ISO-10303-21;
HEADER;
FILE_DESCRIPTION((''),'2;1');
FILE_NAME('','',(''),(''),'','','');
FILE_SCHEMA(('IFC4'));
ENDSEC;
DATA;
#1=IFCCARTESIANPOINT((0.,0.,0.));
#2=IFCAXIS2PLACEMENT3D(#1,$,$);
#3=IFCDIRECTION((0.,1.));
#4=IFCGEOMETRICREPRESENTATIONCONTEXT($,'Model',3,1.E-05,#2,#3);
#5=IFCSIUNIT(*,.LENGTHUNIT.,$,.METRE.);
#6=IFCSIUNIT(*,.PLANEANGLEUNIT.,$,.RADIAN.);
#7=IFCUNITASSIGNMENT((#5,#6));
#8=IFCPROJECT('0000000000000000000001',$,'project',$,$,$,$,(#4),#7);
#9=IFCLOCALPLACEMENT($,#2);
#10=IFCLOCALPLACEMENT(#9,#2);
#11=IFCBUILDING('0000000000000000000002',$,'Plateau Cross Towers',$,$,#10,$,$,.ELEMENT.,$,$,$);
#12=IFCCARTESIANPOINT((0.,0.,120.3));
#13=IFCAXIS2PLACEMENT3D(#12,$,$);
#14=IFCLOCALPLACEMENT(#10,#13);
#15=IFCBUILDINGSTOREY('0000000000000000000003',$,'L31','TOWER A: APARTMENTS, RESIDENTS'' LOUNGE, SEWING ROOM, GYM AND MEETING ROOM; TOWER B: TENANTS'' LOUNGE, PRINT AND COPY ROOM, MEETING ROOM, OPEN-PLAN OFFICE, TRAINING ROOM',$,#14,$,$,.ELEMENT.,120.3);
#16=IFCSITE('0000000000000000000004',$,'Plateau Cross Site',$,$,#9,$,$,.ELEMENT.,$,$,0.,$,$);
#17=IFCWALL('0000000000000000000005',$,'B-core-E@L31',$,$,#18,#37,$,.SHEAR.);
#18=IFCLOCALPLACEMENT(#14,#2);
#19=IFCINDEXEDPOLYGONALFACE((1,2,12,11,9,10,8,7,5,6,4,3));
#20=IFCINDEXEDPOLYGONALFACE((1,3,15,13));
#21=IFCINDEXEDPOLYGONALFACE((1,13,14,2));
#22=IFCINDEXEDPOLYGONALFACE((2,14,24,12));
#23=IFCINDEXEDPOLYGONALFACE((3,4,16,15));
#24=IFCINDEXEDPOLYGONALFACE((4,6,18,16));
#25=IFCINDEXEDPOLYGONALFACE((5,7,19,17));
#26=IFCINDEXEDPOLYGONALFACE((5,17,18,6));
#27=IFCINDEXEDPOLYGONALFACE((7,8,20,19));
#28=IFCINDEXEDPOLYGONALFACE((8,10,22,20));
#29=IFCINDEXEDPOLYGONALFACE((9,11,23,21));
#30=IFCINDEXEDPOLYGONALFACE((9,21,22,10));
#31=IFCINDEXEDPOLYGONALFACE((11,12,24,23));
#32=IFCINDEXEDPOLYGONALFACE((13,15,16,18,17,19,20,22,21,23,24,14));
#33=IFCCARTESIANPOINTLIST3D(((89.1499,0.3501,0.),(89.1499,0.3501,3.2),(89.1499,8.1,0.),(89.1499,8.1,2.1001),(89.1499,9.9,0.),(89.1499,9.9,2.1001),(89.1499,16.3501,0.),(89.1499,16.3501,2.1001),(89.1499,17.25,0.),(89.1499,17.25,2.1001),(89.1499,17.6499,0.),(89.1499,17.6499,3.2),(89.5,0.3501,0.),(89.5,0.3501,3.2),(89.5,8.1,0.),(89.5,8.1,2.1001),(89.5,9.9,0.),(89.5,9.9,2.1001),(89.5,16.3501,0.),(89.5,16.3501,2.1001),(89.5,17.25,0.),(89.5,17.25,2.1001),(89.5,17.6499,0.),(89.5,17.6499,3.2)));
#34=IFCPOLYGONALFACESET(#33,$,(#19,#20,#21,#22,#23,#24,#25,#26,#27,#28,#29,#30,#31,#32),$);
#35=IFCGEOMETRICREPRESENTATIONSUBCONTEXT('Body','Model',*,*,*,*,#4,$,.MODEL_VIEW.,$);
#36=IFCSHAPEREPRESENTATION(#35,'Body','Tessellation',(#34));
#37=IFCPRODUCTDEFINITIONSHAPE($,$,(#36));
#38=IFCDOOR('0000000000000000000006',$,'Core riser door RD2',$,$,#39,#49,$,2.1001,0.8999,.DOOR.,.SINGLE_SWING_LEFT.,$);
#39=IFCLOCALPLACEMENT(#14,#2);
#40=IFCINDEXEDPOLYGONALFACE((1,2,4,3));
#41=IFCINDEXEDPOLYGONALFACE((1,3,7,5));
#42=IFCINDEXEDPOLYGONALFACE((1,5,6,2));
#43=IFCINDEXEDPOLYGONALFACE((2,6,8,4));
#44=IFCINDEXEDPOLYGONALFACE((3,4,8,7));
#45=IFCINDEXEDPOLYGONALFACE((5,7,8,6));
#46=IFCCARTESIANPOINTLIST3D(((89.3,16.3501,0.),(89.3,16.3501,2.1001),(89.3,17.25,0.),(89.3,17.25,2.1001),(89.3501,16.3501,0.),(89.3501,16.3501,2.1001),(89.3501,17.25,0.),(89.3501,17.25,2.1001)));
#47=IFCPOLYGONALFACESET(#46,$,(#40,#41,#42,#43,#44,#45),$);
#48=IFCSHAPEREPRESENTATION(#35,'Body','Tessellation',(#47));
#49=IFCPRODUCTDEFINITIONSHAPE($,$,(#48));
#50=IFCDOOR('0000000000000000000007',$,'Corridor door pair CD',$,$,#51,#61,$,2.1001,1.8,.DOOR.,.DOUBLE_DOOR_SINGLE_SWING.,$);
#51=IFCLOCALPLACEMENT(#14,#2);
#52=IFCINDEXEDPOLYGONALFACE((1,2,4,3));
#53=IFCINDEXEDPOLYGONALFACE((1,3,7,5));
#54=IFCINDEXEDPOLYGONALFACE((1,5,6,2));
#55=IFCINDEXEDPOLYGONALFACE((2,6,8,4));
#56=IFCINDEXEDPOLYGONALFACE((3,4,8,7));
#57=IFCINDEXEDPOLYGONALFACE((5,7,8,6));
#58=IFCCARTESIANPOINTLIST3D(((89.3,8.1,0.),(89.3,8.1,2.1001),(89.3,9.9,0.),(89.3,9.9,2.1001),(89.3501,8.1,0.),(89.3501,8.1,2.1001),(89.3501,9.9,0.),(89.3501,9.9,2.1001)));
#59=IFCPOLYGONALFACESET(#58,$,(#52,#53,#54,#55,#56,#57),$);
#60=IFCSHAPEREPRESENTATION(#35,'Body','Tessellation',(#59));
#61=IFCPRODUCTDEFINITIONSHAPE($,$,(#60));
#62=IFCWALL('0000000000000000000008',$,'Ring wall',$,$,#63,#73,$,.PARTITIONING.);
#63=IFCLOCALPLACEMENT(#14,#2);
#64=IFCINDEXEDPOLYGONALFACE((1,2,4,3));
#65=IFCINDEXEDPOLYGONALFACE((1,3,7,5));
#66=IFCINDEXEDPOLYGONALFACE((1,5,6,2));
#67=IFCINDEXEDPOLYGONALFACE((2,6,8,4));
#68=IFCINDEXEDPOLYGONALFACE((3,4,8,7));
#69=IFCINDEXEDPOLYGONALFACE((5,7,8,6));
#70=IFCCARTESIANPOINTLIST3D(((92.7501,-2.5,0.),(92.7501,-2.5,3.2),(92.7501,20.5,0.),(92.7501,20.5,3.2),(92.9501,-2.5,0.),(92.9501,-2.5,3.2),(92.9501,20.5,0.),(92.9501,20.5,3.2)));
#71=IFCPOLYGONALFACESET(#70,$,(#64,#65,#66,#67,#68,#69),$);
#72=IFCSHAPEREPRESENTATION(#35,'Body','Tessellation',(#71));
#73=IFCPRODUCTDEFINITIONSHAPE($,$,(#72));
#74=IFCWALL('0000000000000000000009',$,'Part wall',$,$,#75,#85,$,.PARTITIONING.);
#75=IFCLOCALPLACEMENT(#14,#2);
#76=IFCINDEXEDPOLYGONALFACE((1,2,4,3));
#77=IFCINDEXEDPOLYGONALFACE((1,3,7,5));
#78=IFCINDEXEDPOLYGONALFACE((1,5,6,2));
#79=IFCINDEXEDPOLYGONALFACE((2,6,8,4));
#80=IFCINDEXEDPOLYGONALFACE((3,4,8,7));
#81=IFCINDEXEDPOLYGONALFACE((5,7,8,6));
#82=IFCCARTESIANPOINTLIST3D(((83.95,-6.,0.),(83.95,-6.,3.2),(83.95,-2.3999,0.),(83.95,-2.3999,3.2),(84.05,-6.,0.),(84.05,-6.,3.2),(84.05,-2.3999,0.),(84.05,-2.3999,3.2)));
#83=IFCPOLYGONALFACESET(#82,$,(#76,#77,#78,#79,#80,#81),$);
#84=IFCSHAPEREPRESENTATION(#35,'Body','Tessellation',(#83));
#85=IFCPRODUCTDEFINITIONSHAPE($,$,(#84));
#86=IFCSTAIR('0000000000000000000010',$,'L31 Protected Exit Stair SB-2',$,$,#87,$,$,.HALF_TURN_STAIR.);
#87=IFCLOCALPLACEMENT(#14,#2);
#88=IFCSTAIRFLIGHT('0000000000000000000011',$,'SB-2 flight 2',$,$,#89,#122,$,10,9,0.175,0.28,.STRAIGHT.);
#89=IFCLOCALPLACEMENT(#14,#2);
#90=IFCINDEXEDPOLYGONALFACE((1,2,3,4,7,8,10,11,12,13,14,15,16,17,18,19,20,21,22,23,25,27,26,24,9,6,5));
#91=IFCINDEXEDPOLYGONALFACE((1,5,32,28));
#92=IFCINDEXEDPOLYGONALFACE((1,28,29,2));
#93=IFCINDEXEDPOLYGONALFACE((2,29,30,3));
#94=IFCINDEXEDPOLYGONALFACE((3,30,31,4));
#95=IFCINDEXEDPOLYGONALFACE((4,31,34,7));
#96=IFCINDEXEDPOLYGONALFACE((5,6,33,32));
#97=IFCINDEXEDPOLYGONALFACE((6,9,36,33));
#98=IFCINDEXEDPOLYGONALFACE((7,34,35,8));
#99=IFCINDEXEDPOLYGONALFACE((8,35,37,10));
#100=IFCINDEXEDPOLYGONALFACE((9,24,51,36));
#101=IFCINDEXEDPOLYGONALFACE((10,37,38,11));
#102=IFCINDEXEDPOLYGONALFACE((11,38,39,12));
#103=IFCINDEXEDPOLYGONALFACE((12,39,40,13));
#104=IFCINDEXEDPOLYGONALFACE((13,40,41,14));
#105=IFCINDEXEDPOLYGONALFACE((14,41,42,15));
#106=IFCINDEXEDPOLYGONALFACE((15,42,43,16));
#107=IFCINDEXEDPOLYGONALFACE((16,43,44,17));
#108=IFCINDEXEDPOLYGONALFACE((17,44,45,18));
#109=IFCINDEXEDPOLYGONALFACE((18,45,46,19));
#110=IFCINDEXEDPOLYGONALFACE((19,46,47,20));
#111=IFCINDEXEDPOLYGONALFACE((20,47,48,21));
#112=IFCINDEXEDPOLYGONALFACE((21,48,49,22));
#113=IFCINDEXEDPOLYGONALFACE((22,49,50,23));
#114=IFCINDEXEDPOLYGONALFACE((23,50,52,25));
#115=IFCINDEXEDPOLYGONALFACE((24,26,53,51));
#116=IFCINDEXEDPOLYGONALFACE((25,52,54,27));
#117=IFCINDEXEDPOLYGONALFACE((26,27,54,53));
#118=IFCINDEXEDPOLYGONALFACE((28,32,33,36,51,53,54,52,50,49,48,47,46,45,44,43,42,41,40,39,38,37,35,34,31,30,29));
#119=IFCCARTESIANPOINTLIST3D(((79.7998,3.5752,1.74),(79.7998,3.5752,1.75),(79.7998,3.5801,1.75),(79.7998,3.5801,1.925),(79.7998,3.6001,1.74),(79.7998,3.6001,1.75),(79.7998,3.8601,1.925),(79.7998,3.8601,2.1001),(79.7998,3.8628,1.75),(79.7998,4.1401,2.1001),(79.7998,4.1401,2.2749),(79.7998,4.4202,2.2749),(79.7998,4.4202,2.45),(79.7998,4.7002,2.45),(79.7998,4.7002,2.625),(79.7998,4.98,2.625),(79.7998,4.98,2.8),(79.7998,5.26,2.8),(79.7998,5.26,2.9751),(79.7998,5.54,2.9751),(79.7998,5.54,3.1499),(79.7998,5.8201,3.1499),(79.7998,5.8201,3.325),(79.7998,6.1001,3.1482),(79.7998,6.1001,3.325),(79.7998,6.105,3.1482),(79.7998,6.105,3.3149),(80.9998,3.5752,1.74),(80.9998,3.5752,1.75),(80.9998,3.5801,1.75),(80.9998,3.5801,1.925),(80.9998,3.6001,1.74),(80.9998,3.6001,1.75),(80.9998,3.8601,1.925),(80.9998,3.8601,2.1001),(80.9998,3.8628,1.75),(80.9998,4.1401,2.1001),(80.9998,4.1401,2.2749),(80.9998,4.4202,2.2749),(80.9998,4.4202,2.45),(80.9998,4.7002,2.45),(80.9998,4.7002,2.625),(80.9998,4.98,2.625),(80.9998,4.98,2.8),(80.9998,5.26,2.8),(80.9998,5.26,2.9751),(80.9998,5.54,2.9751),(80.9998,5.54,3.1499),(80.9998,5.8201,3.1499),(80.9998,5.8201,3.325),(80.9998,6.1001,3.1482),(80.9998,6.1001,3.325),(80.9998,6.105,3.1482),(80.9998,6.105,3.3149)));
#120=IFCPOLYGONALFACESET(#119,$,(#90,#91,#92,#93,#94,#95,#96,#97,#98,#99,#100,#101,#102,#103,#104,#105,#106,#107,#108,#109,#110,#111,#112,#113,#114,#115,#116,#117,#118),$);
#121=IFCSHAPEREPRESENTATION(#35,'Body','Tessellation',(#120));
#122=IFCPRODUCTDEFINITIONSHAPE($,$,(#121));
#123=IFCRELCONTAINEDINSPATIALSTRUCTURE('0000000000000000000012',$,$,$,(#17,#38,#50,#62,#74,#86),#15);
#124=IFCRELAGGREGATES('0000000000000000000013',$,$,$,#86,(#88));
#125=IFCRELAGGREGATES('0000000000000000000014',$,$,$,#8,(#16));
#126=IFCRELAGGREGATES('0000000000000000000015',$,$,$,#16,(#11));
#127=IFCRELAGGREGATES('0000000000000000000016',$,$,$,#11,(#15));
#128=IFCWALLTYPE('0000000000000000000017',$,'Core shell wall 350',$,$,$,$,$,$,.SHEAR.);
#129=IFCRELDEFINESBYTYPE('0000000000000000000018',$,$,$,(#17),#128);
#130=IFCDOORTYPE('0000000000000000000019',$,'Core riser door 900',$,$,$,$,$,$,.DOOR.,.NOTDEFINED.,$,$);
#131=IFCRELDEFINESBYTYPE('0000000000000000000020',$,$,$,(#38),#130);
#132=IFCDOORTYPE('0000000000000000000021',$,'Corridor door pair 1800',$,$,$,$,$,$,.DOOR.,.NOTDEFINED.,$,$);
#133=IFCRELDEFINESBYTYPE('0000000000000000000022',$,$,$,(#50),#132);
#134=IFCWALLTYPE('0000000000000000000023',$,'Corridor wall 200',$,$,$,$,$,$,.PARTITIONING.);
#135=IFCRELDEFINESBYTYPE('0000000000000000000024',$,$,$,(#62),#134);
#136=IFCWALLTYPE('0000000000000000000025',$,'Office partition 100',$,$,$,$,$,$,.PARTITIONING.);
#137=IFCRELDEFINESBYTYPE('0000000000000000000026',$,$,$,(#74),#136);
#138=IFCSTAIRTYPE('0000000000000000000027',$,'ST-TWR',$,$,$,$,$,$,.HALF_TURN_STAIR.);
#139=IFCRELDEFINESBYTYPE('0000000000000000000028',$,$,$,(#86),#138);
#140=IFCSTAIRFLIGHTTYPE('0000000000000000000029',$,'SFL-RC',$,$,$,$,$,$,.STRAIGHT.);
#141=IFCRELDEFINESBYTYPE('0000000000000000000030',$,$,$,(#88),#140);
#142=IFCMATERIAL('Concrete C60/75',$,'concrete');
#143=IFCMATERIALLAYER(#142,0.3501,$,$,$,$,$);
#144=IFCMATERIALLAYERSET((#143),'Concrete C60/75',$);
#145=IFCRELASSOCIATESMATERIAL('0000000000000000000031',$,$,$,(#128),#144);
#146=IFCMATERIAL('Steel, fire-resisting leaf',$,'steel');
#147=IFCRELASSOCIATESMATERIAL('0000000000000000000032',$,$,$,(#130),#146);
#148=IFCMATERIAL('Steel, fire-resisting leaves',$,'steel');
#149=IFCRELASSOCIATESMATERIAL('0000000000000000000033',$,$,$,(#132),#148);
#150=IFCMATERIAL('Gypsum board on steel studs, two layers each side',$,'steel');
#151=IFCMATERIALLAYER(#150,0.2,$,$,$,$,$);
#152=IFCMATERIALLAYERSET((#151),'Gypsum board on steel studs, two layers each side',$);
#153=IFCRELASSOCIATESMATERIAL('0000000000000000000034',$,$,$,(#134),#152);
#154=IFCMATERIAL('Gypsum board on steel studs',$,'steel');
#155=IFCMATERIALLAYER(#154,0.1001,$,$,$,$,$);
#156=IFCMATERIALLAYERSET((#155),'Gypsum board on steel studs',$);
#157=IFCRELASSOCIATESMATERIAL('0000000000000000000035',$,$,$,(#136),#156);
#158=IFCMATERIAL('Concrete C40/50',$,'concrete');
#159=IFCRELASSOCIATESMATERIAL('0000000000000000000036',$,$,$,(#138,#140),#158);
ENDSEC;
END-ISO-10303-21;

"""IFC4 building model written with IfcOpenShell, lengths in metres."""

from ifc_helpers import new_model, si_unit, direction, frame, frame_2d, origin, place, context, subcontext, project, spatial, polyline, rectangle, outline, extrude, material, layer, layer_set, type_object, element, fill, aggregate, save


model = new_model("IFC4")

# Units and contexts
model_context = context("Model", 3, precision=1e-05, world=origin(), true_north=direction((0.0, 1.0)))
body_context = subcontext(model_context, "Body", "Model", "MODEL_VIEW")
ifc_project = project(units=[si_unit("LENGTHUNIT", "METRE"), si_unit("PLANEANGLEUNIT", "RADIAN")], contexts=[model_context])

# Site, building, storey
site_placement = place(None, origin())
site = spatial("IfcSite", under=ifc_project, at=site_placement, Name="Plateau Cross Site", CompositionType="ELEMENT", RefElevation=0.0)
building_placement = place(site_placement, origin())
building = spatial("IfcBuilding", under=site, at=building_placement, Name="Plateau Cross Towers", CompositionType="ELEMENT")
storey_placement = place(building_placement, frame((0.0, 0.0, 120.3)))
storey = spatial("IfcBuildingStorey", under=building, at=storey_placement, Name="L31", Description="TOWER A: APARTMENTS, RESIDENTS' LOUNGE, SEWING ROOM, GYM AND MEETING ROOM; TOWER B: TENANTS' LOUNGE, PRINT AND COPY ROOM, MEETING ROOM, OPEN-PLAN OFFICE, TRAINING ROOM", CompositionType="ELEMENT", Elevation=120.3)

# Shared definitions
ifc_material_1 = material(Name="Concrete C60/75", Category="concrete")

# Wall, openings, doors
ifc_layer_1 = layer(ifc_material_1, 0.3501)
ifc_layer_set_1 = layer_set([ifc_layer_1], Name="Concrete C60/75")
wall_type_1 = type_object("IfcWallType", Name="Core shell wall 350", PredefinedType="SHEAR", material=ifc_layer_set_1)
wall_1_placement = place(storey_placement, frame((89.325, 0.3501, 0.0), z_axis=(0.0, 0.0, 1.0), x_axis=(0.0, 1.0, 0.0)))
wall_1 = element("IfcWall", 1, at=wall_1_placement, inside=storey, type_object=wall_type_1, Name="B-core-E@L31", PredefinedType="SHEAR", context=body_context, shape_type="SweptSolid", body=[
    extrude(rectangle(XDim=17.2998, YDim=0.3501, at=frame_2d((8.6499, 0.0))), origin(), (0.0, 0.0, 1.0), 3.2),
])
opening_1_placement = place(wall_1_placement, frame((7.75, 0.0, 0.0)))
opening_1 = element("IfcOpeningElement", 2, at=opening_1_placement, cuts=wall_1, PredefinedType="OPENING", context=body_context, shape_type="SweptSolid", body=[
    extrude(rectangle(XDim=1.8, YDim=2.1001, at=frame_2d((0.8999, 1.05))), frame((0.0, 0.1851, 0.0), z_axis=(0.0, -1.0, 0.0), x_axis=(1.0, 0.0, 0.0)), (0.0, 0.0, 1.0), 0.3701),
])
opening_2_placement = place(wall_1_placement, frame((16.0, 0.0, 0.0)))
opening_2 = element("IfcOpeningElement", 3, at=opening_2_placement, cuts=wall_1, PredefinedType="OPENING", context=body_context, shape_type="SweptSolid", body=[
    extrude(rectangle(XDim=0.8999, YDim=2.1001, at=frame_2d((0.45, 1.05))), frame((0.0, 0.1851, 0.0), z_axis=(0.0, -1.0, 0.0), x_axis=(1.0, 0.0, 0.0)), (0.0, 0.0, 1.0), 0.3701),
])
ifc_material_2 = material(Name="Steel, fire-resisting leaf", Category="steel")
door_type_1 = type_object("IfcDoorType", Name="Core riser door 900", OperationType="NOTDEFINED", PredefinedType="DOOR", material=ifc_material_2)
door_1_placement = place(opening_2_placement, origin())
door_1 = element("IfcDoor", 4, at=door_1_placement, inside=storey, type_object=door_type_1, Name="Core riser door RD2", OperationType="SINGLE_SWING_LEFT", OverallHeight=2.1001, OverallWidth=0.8999, PredefinedType="DOOR", context=body_context, shape_type="SweptSolid", body=[
    extrude(rectangle(XDim=0.8999, YDim=2.1001, at=frame_2d((0.45, 1.05))), frame((0.0, 0.0249, 0.0), z_axis=(0.0, -1.0, 0.0), x_axis=(1.0, 0.0, 0.0)), (0.0, 0.0, 1.0), 0.05),
])
fill(opening_2, door_1)
ifc_material_3 = material(Name="Steel, fire-resisting leaves", Category="steel")
door_type_2 = type_object("IfcDoorType", Name="Corridor door pair 1800", OperationType="NOTDEFINED", PredefinedType="DOOR", material=ifc_material_3)
door_2_placement = place(opening_1_placement, origin())
door_2 = element("IfcDoor", 5, at=door_2_placement, inside=storey, type_object=door_type_2, Name="Corridor door pair CD", OperationType="DOUBLE_DOOR_SINGLE_SWING", OverallHeight=2.1001, OverallWidth=1.8, PredefinedType="DOOR", context=body_context, shape_type="SweptSolid", body=[
    extrude(rectangle(XDim=1.8, YDim=2.1001, at=frame_2d((0.8999, 1.05))), frame((0.0, 0.0249, 0.0), z_axis=(0.0, -1.0, 0.0), x_axis=(1.0, 0.0, 0.0)), (0.0, 0.0, 1.0), 0.05),
])
fill(opening_1, door_2)

# Walls
ifc_material_4 = material(Name="Gypsum board on steel studs, two layers each side", Category="steel")
ifc_layer_2 = layer(ifc_material_4, 0.2)
ifc_layer_set_2 = layer_set([ifc_layer_2], Name="Gypsum board on steel studs, two layers each side")
wall_type_2 = type_object("IfcWallType", Name="Corridor wall 200", PredefinedType="PARTITIONING", material=ifc_layer_set_2)
wall_2_placement = place(storey_placement, frame((92.8501, -2.5, 0.0), z_axis=(0.0, 0.0, 1.0), x_axis=(0.0, 1.0, 0.0)))
element("IfcWall", 6, at=wall_2_placement, inside=storey, type_object=wall_type_2, Name="Ring wall", PredefinedType="PARTITIONING", context=body_context, shape_type="SweptSolid", body=[
    extrude(rectangle(XDim=23.0, YDim=0.2, at=frame_2d((11.5, 0.0))), origin(), (0.0, 0.0, 1.0), 3.2),
])
ifc_material_5 = material(Name="Gypsum board on steel studs", Category="steel")
ifc_layer_3 = layer(ifc_material_5, 0.1001)
ifc_layer_set_3 = layer_set([ifc_layer_3], Name="Gypsum board on steel studs")
wall_type_3 = type_object("IfcWallType", Name="Office partition 100", PredefinedType="PARTITIONING", material=ifc_layer_set_3)
wall_3_placement = place(storey_placement, frame((84.0, -6.0, 0.0), z_axis=(0.0, 0.0, 1.0), x_axis=(0.0, 1.0, 0.0)))
element("IfcWall", 7, at=wall_3_placement, inside=storey, type_object=wall_type_3, Name="Part wall", PredefinedType="PARTITIONING", context=body_context, shape_type="SweptSolid", body=[
    extrude(rectangle(XDim=3.6001, YDim=0.1001, at=frame_2d((1.8, 0.0))), origin(), (0.0, 0.0, 1.0), 3.2),
])

# Stair, stair flight
ifc_material_6 = material(Name="Concrete C40/50", Category="concrete")
stair_type = type_object("IfcStairType", Name="ST-TWR", PredefinedType="HALF_TURN_STAIR", material=ifc_material_6)
stair_placement = place(storey_placement, origin())
stair = element("IfcStair", 8, at=stair_placement, inside=storey, type_object=stair_type, Name="L31 Protected Exit Stair SB-2", PredefinedType="HALF_TURN_STAIR")
stair_flight_type = type_object("IfcStairFlightType", Name="SFL-RC", PredefinedType="STRAIGHT", material=ifc_material_6)
stair_flight_placement = place(storey_placement, frame((80.3999, 3.5801, 1.75), z_axis=(0.0, 0.0, 1.0), x_axis=(0.0, 1.0, 0.0)))
stair_flight = element("IfcStairFlight", 9, at=stair_flight_placement, type_object=stair_flight_type, Name="SB-2 flight 2", NumberOfRisers=10, NumberOfTreads=9, PredefinedType="STRAIGHT", RiserHeight=0.175, TreadLength=0.28, context=body_context, shape_type="SweptSolid", body=[
    extrude(outline(polyline([(-0.0049, -0.01), (-0.0049, 0.0), (0.0, 0.0), (0.0, 0.175), (0.28, 0.175), (0.28, 0.3501), (0.5601, 0.3501), (0.5601, 0.5249), (0.8401, 0.5249), (0.8401, 0.7), (1.1201, 0.7), (1.1201, 0.875), (1.3999, 0.875), (1.3999, 1.05), (1.6799, 1.05), (1.6799, 1.2251), (1.96, 1.2251), (1.96, 1.3999), (2.24, 1.3999), (2.24, 1.575), (2.52, 1.575), (2.5249, 1.5649), (2.5249, 1.3982), (2.52, 1.3982), (0.2827, 0.0), (0.02, 0.0), (0.02, -0.01), (-0.0049, -0.01)])), frame((0.0, 0.6001, 0.0), z_axis=(0.0, -1.0, 0.0), x_axis=(1.0, 0.0, 0.0)), (0.0, 0.0, 1.0), 1.2),
])
aggregate(stair, [stair_flight])

save(model, "model.ifc")
